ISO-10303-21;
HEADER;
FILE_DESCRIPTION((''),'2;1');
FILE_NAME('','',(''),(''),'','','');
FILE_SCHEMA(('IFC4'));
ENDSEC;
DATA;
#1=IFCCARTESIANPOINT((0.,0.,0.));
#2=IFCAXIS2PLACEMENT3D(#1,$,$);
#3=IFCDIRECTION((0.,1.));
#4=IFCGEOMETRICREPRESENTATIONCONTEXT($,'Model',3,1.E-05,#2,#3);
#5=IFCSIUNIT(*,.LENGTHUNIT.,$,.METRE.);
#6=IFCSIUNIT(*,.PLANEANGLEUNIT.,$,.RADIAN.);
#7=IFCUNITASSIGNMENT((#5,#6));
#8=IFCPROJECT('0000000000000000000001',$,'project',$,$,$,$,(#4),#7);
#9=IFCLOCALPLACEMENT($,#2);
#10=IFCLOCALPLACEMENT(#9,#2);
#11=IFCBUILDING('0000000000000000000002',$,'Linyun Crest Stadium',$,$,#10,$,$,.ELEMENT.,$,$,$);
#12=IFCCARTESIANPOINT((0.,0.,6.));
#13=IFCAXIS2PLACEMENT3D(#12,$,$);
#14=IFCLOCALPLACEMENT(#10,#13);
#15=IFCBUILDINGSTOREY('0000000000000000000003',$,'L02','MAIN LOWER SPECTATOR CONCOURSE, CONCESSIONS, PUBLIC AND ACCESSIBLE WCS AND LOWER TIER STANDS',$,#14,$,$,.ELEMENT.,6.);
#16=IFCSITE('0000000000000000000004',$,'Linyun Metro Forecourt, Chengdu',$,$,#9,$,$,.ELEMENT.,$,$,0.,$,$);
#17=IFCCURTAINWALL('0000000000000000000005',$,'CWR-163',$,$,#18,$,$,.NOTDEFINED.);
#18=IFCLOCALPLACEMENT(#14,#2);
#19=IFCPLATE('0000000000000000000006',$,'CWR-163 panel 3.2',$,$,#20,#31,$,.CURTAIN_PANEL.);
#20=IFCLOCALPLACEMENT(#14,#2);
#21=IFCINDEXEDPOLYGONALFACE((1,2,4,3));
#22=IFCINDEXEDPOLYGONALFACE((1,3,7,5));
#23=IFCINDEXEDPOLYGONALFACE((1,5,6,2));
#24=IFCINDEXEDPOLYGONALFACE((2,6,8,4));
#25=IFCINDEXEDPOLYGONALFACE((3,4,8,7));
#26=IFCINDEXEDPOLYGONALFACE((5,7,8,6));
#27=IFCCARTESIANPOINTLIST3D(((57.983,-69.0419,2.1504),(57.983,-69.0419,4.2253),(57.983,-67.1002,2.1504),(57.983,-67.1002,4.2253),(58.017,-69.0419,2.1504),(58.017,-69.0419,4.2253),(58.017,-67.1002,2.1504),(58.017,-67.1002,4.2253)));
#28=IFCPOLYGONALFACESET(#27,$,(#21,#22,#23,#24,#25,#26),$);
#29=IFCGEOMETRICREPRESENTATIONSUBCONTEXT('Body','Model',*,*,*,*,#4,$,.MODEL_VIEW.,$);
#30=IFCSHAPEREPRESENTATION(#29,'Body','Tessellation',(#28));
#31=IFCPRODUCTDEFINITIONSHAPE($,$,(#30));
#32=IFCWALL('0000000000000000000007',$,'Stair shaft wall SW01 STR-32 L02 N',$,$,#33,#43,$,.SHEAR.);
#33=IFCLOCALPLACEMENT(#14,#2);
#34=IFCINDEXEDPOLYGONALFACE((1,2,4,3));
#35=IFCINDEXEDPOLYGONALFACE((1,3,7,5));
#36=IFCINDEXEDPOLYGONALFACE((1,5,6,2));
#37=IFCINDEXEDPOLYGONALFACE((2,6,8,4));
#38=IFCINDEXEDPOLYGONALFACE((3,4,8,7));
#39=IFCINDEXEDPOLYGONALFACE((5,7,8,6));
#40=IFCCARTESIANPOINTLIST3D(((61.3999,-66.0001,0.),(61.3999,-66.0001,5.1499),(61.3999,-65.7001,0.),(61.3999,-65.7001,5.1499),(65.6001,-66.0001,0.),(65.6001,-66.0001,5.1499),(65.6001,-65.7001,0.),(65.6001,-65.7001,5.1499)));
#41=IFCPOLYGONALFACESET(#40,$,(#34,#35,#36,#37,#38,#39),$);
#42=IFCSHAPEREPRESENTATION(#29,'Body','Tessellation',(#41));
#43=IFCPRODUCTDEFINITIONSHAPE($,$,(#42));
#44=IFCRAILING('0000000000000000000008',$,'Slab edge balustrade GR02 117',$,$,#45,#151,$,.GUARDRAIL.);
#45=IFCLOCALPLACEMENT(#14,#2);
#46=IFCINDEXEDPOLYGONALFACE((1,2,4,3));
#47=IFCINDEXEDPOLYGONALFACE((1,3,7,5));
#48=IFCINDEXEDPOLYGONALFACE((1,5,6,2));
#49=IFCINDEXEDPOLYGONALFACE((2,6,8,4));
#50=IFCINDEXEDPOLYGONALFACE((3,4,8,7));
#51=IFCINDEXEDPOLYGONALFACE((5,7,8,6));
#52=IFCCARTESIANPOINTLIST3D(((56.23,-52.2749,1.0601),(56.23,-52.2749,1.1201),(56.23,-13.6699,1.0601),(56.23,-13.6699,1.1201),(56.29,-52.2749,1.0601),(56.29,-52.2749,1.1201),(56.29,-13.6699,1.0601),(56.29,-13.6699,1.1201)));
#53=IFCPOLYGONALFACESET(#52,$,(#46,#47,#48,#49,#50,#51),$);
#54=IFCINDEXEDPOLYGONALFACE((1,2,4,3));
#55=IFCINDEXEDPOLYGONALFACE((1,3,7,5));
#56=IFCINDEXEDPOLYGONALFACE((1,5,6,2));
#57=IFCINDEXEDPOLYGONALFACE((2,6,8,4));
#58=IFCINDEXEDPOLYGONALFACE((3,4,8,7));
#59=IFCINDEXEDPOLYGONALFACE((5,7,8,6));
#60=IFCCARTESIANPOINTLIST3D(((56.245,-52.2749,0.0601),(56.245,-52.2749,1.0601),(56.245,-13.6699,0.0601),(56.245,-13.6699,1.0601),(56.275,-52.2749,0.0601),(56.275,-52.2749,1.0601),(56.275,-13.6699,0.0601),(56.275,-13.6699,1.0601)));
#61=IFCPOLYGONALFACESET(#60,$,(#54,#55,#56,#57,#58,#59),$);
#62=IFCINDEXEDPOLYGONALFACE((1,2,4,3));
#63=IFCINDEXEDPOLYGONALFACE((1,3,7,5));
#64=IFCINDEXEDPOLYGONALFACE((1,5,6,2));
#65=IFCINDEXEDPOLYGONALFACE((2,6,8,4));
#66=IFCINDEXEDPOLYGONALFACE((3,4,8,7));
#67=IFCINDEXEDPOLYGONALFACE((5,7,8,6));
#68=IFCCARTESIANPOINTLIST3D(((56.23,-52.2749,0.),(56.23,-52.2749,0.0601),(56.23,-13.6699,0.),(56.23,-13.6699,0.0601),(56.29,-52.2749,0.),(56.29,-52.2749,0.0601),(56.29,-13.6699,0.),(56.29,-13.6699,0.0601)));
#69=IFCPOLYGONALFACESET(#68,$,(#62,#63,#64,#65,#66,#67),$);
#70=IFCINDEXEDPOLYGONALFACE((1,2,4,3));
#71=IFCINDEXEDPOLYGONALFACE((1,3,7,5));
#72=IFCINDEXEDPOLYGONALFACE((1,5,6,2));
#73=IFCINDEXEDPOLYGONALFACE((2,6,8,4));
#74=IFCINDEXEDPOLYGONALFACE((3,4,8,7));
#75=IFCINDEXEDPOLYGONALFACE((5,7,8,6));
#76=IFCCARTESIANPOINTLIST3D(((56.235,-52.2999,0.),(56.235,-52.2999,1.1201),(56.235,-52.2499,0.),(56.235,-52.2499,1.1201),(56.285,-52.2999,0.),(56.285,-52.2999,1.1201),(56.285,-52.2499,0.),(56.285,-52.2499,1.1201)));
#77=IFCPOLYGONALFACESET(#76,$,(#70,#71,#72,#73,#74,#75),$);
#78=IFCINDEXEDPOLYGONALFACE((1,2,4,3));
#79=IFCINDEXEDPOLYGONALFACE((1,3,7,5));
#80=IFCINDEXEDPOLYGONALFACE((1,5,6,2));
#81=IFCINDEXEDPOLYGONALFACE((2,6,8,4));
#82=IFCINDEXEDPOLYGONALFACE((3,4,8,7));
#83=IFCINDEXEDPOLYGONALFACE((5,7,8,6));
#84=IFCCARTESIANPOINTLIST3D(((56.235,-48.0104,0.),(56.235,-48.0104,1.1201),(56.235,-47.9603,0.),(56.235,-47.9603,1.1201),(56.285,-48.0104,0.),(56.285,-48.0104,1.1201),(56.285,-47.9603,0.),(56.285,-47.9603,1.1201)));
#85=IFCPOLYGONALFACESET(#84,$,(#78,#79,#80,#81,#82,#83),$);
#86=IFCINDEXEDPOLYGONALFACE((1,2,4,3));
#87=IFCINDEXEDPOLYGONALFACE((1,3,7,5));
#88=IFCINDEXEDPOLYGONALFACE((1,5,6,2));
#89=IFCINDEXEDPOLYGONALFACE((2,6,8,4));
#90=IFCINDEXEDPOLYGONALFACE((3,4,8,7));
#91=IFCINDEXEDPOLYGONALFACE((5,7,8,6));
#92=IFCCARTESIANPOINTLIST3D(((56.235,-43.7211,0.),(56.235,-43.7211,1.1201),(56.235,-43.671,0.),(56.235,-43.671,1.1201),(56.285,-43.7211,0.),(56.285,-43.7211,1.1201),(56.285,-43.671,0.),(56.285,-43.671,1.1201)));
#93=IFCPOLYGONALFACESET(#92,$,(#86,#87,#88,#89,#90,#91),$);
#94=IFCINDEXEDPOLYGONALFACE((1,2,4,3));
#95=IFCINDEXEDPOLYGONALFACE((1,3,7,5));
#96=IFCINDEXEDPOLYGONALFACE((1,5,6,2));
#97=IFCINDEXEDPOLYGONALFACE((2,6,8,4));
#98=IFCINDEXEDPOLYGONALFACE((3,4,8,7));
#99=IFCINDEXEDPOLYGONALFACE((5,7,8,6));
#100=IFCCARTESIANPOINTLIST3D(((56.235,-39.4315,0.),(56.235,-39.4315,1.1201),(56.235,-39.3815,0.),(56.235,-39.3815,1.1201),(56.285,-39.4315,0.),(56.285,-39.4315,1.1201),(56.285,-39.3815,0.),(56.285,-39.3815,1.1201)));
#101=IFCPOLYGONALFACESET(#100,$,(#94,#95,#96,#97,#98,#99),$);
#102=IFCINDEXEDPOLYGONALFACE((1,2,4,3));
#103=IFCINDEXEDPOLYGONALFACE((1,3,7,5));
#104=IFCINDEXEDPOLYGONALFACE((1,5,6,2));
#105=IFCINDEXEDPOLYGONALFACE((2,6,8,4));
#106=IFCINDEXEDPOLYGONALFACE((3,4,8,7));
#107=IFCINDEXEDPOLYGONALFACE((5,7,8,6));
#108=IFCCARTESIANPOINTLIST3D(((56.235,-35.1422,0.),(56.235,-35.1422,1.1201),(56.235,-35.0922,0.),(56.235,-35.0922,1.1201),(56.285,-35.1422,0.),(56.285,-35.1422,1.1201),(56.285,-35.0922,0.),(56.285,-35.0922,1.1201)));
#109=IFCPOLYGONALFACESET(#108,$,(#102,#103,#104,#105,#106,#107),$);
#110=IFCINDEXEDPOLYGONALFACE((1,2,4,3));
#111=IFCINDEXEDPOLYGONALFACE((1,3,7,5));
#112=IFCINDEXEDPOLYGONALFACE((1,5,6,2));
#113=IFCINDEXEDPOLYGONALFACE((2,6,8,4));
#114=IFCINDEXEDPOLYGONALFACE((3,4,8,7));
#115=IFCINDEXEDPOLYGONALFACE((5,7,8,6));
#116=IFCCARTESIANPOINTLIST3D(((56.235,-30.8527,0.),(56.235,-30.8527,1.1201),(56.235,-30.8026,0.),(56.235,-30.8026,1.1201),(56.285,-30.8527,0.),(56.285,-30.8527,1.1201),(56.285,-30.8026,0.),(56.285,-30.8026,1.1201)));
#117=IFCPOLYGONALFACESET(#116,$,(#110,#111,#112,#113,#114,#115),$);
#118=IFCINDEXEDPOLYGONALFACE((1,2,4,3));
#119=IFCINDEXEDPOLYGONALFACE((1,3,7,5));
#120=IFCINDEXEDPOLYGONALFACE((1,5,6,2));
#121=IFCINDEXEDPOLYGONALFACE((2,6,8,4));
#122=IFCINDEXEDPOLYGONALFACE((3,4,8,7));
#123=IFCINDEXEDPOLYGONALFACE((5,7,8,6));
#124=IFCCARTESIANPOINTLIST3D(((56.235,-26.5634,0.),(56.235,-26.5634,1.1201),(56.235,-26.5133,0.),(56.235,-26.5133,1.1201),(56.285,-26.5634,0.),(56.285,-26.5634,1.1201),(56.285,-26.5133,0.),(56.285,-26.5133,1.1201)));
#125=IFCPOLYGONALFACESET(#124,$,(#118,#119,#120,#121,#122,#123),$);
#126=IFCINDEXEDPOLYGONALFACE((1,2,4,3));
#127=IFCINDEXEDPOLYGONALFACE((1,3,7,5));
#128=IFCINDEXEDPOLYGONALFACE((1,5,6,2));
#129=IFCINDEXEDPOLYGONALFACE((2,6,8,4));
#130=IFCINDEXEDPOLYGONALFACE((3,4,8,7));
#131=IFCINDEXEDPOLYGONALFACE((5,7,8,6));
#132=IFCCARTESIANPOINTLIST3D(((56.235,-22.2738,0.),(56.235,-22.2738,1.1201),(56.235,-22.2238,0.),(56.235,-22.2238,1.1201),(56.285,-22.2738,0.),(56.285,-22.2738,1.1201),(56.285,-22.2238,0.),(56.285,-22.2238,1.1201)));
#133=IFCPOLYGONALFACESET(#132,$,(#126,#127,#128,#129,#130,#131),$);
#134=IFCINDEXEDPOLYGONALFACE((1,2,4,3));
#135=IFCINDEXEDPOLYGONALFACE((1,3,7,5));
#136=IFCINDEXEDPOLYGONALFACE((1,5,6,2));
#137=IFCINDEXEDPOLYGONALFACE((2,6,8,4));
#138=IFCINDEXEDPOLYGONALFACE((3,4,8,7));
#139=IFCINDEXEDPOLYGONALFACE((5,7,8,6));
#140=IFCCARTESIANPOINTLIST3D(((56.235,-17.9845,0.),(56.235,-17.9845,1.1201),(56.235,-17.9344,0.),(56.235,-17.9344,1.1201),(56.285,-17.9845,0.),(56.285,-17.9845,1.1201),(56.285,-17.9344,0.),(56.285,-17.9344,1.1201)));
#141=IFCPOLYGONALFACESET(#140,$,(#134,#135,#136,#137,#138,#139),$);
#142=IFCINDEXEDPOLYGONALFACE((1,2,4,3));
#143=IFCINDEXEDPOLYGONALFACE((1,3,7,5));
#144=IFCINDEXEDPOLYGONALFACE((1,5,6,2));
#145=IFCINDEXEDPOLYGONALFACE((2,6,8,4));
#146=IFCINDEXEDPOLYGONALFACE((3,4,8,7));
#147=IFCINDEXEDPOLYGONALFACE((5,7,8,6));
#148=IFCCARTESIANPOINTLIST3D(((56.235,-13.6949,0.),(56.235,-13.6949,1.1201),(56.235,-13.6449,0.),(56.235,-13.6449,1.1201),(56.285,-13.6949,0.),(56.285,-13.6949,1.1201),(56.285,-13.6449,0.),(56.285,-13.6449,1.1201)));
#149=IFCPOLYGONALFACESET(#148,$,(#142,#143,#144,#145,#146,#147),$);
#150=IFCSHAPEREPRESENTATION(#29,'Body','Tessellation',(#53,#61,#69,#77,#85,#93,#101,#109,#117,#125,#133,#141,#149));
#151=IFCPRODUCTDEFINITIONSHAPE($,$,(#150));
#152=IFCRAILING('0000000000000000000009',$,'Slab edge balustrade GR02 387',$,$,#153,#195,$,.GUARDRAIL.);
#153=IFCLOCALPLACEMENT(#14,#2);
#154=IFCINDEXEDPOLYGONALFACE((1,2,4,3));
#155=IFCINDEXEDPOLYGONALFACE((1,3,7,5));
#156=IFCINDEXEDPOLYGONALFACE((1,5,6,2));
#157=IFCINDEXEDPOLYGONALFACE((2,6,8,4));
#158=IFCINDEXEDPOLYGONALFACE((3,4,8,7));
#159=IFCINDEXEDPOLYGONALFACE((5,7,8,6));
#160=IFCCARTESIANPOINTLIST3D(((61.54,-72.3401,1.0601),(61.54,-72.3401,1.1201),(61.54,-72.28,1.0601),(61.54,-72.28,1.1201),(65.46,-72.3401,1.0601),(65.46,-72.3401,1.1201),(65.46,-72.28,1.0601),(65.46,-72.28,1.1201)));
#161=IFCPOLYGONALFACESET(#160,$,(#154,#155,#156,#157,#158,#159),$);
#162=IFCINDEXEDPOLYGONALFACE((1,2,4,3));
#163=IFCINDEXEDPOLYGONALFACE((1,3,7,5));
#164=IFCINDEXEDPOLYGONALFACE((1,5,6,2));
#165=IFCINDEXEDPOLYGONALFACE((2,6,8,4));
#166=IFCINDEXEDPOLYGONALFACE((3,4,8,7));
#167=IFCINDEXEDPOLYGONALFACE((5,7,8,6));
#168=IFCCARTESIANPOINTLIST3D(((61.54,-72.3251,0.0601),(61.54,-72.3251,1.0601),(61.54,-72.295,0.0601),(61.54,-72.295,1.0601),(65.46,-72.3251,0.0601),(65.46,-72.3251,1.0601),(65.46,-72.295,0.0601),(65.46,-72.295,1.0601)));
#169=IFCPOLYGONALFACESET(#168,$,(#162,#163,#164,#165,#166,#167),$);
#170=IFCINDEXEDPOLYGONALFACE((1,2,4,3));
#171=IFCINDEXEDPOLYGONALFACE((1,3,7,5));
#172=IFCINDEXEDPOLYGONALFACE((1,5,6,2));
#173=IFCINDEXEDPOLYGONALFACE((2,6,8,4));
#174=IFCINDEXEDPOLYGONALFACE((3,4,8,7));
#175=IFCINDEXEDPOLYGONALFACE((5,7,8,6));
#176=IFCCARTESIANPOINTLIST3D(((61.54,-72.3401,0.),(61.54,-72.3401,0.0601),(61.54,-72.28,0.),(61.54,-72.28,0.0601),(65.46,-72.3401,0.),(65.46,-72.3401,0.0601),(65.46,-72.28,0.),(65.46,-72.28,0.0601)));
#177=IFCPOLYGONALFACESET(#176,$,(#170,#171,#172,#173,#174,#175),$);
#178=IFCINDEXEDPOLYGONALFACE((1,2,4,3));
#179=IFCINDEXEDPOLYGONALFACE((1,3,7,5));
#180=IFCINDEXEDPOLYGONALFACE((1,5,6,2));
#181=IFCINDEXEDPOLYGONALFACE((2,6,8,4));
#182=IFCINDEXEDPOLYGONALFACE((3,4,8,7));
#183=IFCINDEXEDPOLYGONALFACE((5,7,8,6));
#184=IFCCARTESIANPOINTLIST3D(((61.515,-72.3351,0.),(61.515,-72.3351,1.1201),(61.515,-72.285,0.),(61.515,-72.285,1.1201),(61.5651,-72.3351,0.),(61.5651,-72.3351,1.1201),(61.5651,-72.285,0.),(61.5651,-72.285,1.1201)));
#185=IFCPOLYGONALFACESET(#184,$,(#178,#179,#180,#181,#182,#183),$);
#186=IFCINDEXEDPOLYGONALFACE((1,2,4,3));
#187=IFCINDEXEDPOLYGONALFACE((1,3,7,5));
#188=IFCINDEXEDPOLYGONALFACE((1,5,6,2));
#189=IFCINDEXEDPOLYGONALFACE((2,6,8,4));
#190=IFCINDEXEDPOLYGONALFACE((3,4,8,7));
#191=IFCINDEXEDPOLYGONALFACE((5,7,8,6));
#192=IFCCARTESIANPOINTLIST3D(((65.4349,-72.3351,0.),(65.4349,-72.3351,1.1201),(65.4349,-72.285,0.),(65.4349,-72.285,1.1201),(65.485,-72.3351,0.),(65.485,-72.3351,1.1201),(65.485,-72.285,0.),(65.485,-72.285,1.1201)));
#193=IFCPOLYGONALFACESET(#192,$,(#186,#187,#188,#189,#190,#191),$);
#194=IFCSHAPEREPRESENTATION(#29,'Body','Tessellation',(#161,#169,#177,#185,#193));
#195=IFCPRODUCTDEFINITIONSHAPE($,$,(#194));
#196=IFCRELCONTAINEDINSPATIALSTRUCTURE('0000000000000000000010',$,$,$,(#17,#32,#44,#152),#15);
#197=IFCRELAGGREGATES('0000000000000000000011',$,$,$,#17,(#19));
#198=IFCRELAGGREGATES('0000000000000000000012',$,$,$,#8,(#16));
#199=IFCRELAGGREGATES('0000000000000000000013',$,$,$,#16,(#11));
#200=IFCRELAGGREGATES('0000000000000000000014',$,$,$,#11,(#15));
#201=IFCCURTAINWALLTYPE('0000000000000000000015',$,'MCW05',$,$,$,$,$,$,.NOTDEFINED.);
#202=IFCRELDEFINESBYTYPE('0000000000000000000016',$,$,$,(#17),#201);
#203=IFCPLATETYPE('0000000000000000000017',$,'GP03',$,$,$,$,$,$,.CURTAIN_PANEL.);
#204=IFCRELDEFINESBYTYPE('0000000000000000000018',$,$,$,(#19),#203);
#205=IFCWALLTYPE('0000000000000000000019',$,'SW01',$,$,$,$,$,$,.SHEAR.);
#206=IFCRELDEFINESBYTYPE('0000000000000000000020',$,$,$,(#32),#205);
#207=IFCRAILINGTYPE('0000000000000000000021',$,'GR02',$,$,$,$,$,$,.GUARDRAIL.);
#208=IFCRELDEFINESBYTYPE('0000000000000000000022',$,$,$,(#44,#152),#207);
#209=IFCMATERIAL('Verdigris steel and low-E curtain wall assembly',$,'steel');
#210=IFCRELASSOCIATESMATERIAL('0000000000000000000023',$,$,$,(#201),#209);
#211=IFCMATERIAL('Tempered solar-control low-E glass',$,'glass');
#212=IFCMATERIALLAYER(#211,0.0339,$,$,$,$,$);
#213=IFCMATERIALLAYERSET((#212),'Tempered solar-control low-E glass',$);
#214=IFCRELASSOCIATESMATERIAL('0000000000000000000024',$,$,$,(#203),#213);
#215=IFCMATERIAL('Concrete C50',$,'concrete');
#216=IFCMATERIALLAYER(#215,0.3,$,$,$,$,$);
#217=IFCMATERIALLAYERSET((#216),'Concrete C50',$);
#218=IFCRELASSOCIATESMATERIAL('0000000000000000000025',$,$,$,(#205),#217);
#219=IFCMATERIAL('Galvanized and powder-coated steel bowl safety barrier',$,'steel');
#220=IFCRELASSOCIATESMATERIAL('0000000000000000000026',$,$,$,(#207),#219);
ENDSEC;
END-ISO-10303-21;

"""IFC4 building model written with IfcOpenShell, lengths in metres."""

from ifc_helpers import new_model, si_unit, direction, frame, frame_2d, origin, origin_2d, place, context, subcontext, project, spatial, rectangle, extrude, material, layer, layer_set, type_object, element, aggregate, save


model = new_model("IFC4")

# Units and contexts
model_context = context("Model", 3, precision=1e-05, world=origin(), true_north=direction((0.0, 1.0)))
body_context = subcontext(model_context, "Body", "Model", "MODEL_VIEW")
ifc_project = project(units=[si_unit("LENGTHUNIT", "METRE"), si_unit("PLANEANGLEUNIT", "RADIAN")], contexts=[model_context])

# Site, building, storey
site_placement = place(None, origin())
site = spatial("IfcSite", under=ifc_project, at=site_placement, Name="Linyun Metro Forecourt, Chengdu", CompositionType="ELEMENT", RefElevation=0.0)
building_placement = place(site_placement, origin())
building = spatial("IfcBuilding", under=site, at=building_placement, Name="Linyun Crest Stadium", CompositionType="ELEMENT")
storey_placement = place(building_placement, frame((0.0, 0.0, 6.0)))
storey = spatial("IfcBuildingStorey", under=building, at=storey_placement, Name="L02", Description="MAIN LOWER SPECTATOR CONCOURSE, CONCESSIONS, PUBLIC AND ACCESSIBLE WCS AND LOWER TIER STANDS", CompositionType="ELEMENT", Elevation=6.0)

# Curtain wall
ifc_material_1 = material(Name="Verdigris steel and low-E curtain wall assembly", Category="steel")
curtain_wall_type = type_object("IfcCurtainWallType", Name="MCW05", PredefinedType="NOTDEFINED", material=ifc_material_1)
curtain_wall_placement = place(storey_placement, origin())
curtain_wall = element("IfcCurtainWall", 1, at=curtain_wall_placement, inside=storey, type_object=curtain_wall_type, Name="CWR-163", PredefinedType="NOTDEFINED")

# Plate
ifc_material_2 = material(Name="Tempered solar-control low-E glass", Category="glass")
ifc_layer_1 = layer(ifc_material_2, 0.0339)
ifc_layer_set_1 = layer_set([ifc_layer_1], Name="Tempered solar-control low-E glass")
plate_type = type_object("IfcPlateType", Name="GP03", PredefinedType="CURTAIN_PANEL", material=ifc_layer_set_1)
plate_1_placement = place(storey_placement, frame((58.0, -68.071, 2.1504), z_axis=(0.0, 0.0, 1.0), x_axis=(0.0, 1.0, 0.0)))
plate_1 = element("IfcPlate", 2, at=plate_1_placement, type_object=plate_type, Name="CWR-163 panel 3.2", PredefinedType="CURTAIN_PANEL", context=body_context, shape_type="SweptSolid", body=[
    extrude(rectangle(XDim=1.9417, YDim=0.0339, at=origin_2d()), origin(), (0.0, 0.0, 1.0), 2.075),
])
aggregate(curtain_wall, [plate_1])

# Wall
ifc_material_3 = material(Name="Concrete C50", Category="concrete")
ifc_layer_2 = layer(ifc_material_3, 0.3)
ifc_layer_set_2 = layer_set([ifc_layer_2], Name="Concrete C50")
wall_type = type_object("IfcWallType", Name="SW01", PredefinedType="SHEAR", material=ifc_layer_set_2)
wall_placement = place(storey_placement, frame((61.3999, -65.8501, 0.0), z_axis=(0.0, 0.0, 1.0), x_axis=(1.0, 0.0, 0.0)))
element("IfcWall", 3, at=wall_placement, inside=storey, type_object=wall_type, Name="Stair shaft wall SW01 STR-32 L02 N", PredefinedType="SHEAR", context=body_context, shape_type="SweptSolid", body=[
    extrude(rectangle(XDim=4.2002, YDim=0.3, at=frame_2d((2.1001, 0.0))), origin(), (0.0, 0.0, 1.0), 5.1499),
])

# Railings
ifc_material_4 = material(Name="Galvanized and powder-coated steel bowl safety barrier", Category="steel")
railing_type_1 = type_object("IfcRailingType", Name="GR02", PredefinedType="GUARDRAIL", material=ifc_material_4)
railing_1_placement = place(storey_placement, frame((56.26, -52.2749, 0.0)))
element("IfcRailing", 4, at=railing_1_placement, inside=storey, type_object=railing_type_1, Name="Slab edge balustrade GR02 117", PredefinedType="GUARDRAIL", context=body_context, shape_type="SweptSolid", body=[
    extrude(rectangle(XDim=0.0601, YDim=0.0601, at=origin_2d()), frame((0.0, 0.0, 1.0901), z_axis=(0.0, 1.0, 0.0), x_axis=(-1.0, 0.0, 0.0)), (0.0, 0.0, 1.0), 38.605),
    extrude(rectangle(XDim=0.03, YDim=1.0, at=origin_2d()), frame((0.0, 0.0, 0.5601), z_axis=(0.0, 1.0, 0.0), x_axis=(-1.0, 0.0, 0.0)), (0.0, 0.0, 1.0), 38.605),
    extrude(rectangle(XDim=0.0601, YDim=0.0601, at=origin_2d()), frame((0.0, 0.0, 0.03), z_axis=(0.0, 1.0, 0.0), x_axis=(-1.0, 0.0, 0.0)), (0.0, 0.0, 1.0), 38.605),
    extrude(rectangle(XDim=0.05, YDim=0.05, at=origin_2d()), origin(), (0.0, 0.0, 1.0), 1.1201),
    extrude(rectangle(XDim=0.05, YDim=0.05, at=origin_2d()), frame((0.0, 4.2896, 0.0)), (0.0, 0.0, 1.0), 1.1201),
    extrude(rectangle(XDim=0.05, YDim=0.05, at=origin_2d()), frame((0.0, 8.5789, 0.0)), (0.0, 0.0, 1.0), 1.1201),
    extrude(rectangle(XDim=0.05, YDim=0.05, at=origin_2d()), frame((0.0, 12.8684, 0.0)), (0.0, 0.0, 1.0), 1.1201),
    extrude(rectangle(XDim=0.05, YDim=0.05, at=origin_2d()), frame((0.0, 17.1577, 0.0)), (0.0, 0.0, 1.0), 1.1201),
    extrude(rectangle(XDim=0.05, YDim=0.05, at=origin_2d()), frame((0.0, 21.4473, 0.0)), (0.0, 0.0, 1.0), 1.1201),
    extrude(rectangle(XDim=0.05, YDim=0.05, at=origin_2d()), frame((0.0, 25.7366, 0.0)), (0.0, 0.0, 1.0), 1.1201),
    extrude(rectangle(XDim=0.05, YDim=0.05, at=origin_2d()), frame((0.0, 30.0261, 0.0)), (0.0, 0.0, 1.0), 1.1201),
    extrude(rectangle(XDim=0.05, YDim=0.05, at=origin_2d()), frame((0.0, 34.3154, 0.0)), (0.0, 0.0, 1.0), 1.1201),
    extrude(rectangle(XDim=0.05, YDim=0.05, at=origin_2d()), frame((0.0, 38.605, 0.0)), (0.0, 0.0, 1.0), 1.1201),
])
railing_2_placement = place(storey_placement, frame((61.54, -72.3101, 0.0)))
element("IfcRailing", 5, at=railing_2_placement, inside=storey, type_object=railing_type_1, Name="Slab edge balustrade GR02 387", PredefinedType="GUARDRAIL", context=body_context, shape_type="SweptSolid", body=[
    extrude(rectangle(XDim=0.0601, YDim=0.0601, at=origin_2d()), frame((0.0, 0.0, 1.0901), z_axis=(1.0, 0.0, 0.0), x_axis=(0.0, 1.0, 0.0)), (0.0, 0.0, 1.0), 3.9199),
    extrude(rectangle(XDim=0.03, YDim=1.0, at=origin_2d()), frame((0.0, 0.0, 0.5601), z_axis=(1.0, 0.0, 0.0), x_axis=(0.0, 1.0, 0.0)), (0.0, 0.0, 1.0), 3.9199),
    extrude(rectangle(XDim=0.0601, YDim=0.0601, at=origin_2d()), frame((0.0, 0.0, 0.03), z_axis=(1.0, 0.0, 0.0), x_axis=(0.0, 1.0, 0.0)), (0.0, 0.0, 1.0), 3.9199),
    extrude(rectangle(XDim=0.05, YDim=0.05, at=origin_2d()), origin(), (0.0, 0.0, 1.0), 1.1201),
    extrude(rectangle(XDim=0.05, YDim=0.05, at=origin_2d()), frame((3.9199, 0.0, 0.0)), (0.0, 0.0, 1.0), 1.1201),
])

save(model, "model.ifc")
